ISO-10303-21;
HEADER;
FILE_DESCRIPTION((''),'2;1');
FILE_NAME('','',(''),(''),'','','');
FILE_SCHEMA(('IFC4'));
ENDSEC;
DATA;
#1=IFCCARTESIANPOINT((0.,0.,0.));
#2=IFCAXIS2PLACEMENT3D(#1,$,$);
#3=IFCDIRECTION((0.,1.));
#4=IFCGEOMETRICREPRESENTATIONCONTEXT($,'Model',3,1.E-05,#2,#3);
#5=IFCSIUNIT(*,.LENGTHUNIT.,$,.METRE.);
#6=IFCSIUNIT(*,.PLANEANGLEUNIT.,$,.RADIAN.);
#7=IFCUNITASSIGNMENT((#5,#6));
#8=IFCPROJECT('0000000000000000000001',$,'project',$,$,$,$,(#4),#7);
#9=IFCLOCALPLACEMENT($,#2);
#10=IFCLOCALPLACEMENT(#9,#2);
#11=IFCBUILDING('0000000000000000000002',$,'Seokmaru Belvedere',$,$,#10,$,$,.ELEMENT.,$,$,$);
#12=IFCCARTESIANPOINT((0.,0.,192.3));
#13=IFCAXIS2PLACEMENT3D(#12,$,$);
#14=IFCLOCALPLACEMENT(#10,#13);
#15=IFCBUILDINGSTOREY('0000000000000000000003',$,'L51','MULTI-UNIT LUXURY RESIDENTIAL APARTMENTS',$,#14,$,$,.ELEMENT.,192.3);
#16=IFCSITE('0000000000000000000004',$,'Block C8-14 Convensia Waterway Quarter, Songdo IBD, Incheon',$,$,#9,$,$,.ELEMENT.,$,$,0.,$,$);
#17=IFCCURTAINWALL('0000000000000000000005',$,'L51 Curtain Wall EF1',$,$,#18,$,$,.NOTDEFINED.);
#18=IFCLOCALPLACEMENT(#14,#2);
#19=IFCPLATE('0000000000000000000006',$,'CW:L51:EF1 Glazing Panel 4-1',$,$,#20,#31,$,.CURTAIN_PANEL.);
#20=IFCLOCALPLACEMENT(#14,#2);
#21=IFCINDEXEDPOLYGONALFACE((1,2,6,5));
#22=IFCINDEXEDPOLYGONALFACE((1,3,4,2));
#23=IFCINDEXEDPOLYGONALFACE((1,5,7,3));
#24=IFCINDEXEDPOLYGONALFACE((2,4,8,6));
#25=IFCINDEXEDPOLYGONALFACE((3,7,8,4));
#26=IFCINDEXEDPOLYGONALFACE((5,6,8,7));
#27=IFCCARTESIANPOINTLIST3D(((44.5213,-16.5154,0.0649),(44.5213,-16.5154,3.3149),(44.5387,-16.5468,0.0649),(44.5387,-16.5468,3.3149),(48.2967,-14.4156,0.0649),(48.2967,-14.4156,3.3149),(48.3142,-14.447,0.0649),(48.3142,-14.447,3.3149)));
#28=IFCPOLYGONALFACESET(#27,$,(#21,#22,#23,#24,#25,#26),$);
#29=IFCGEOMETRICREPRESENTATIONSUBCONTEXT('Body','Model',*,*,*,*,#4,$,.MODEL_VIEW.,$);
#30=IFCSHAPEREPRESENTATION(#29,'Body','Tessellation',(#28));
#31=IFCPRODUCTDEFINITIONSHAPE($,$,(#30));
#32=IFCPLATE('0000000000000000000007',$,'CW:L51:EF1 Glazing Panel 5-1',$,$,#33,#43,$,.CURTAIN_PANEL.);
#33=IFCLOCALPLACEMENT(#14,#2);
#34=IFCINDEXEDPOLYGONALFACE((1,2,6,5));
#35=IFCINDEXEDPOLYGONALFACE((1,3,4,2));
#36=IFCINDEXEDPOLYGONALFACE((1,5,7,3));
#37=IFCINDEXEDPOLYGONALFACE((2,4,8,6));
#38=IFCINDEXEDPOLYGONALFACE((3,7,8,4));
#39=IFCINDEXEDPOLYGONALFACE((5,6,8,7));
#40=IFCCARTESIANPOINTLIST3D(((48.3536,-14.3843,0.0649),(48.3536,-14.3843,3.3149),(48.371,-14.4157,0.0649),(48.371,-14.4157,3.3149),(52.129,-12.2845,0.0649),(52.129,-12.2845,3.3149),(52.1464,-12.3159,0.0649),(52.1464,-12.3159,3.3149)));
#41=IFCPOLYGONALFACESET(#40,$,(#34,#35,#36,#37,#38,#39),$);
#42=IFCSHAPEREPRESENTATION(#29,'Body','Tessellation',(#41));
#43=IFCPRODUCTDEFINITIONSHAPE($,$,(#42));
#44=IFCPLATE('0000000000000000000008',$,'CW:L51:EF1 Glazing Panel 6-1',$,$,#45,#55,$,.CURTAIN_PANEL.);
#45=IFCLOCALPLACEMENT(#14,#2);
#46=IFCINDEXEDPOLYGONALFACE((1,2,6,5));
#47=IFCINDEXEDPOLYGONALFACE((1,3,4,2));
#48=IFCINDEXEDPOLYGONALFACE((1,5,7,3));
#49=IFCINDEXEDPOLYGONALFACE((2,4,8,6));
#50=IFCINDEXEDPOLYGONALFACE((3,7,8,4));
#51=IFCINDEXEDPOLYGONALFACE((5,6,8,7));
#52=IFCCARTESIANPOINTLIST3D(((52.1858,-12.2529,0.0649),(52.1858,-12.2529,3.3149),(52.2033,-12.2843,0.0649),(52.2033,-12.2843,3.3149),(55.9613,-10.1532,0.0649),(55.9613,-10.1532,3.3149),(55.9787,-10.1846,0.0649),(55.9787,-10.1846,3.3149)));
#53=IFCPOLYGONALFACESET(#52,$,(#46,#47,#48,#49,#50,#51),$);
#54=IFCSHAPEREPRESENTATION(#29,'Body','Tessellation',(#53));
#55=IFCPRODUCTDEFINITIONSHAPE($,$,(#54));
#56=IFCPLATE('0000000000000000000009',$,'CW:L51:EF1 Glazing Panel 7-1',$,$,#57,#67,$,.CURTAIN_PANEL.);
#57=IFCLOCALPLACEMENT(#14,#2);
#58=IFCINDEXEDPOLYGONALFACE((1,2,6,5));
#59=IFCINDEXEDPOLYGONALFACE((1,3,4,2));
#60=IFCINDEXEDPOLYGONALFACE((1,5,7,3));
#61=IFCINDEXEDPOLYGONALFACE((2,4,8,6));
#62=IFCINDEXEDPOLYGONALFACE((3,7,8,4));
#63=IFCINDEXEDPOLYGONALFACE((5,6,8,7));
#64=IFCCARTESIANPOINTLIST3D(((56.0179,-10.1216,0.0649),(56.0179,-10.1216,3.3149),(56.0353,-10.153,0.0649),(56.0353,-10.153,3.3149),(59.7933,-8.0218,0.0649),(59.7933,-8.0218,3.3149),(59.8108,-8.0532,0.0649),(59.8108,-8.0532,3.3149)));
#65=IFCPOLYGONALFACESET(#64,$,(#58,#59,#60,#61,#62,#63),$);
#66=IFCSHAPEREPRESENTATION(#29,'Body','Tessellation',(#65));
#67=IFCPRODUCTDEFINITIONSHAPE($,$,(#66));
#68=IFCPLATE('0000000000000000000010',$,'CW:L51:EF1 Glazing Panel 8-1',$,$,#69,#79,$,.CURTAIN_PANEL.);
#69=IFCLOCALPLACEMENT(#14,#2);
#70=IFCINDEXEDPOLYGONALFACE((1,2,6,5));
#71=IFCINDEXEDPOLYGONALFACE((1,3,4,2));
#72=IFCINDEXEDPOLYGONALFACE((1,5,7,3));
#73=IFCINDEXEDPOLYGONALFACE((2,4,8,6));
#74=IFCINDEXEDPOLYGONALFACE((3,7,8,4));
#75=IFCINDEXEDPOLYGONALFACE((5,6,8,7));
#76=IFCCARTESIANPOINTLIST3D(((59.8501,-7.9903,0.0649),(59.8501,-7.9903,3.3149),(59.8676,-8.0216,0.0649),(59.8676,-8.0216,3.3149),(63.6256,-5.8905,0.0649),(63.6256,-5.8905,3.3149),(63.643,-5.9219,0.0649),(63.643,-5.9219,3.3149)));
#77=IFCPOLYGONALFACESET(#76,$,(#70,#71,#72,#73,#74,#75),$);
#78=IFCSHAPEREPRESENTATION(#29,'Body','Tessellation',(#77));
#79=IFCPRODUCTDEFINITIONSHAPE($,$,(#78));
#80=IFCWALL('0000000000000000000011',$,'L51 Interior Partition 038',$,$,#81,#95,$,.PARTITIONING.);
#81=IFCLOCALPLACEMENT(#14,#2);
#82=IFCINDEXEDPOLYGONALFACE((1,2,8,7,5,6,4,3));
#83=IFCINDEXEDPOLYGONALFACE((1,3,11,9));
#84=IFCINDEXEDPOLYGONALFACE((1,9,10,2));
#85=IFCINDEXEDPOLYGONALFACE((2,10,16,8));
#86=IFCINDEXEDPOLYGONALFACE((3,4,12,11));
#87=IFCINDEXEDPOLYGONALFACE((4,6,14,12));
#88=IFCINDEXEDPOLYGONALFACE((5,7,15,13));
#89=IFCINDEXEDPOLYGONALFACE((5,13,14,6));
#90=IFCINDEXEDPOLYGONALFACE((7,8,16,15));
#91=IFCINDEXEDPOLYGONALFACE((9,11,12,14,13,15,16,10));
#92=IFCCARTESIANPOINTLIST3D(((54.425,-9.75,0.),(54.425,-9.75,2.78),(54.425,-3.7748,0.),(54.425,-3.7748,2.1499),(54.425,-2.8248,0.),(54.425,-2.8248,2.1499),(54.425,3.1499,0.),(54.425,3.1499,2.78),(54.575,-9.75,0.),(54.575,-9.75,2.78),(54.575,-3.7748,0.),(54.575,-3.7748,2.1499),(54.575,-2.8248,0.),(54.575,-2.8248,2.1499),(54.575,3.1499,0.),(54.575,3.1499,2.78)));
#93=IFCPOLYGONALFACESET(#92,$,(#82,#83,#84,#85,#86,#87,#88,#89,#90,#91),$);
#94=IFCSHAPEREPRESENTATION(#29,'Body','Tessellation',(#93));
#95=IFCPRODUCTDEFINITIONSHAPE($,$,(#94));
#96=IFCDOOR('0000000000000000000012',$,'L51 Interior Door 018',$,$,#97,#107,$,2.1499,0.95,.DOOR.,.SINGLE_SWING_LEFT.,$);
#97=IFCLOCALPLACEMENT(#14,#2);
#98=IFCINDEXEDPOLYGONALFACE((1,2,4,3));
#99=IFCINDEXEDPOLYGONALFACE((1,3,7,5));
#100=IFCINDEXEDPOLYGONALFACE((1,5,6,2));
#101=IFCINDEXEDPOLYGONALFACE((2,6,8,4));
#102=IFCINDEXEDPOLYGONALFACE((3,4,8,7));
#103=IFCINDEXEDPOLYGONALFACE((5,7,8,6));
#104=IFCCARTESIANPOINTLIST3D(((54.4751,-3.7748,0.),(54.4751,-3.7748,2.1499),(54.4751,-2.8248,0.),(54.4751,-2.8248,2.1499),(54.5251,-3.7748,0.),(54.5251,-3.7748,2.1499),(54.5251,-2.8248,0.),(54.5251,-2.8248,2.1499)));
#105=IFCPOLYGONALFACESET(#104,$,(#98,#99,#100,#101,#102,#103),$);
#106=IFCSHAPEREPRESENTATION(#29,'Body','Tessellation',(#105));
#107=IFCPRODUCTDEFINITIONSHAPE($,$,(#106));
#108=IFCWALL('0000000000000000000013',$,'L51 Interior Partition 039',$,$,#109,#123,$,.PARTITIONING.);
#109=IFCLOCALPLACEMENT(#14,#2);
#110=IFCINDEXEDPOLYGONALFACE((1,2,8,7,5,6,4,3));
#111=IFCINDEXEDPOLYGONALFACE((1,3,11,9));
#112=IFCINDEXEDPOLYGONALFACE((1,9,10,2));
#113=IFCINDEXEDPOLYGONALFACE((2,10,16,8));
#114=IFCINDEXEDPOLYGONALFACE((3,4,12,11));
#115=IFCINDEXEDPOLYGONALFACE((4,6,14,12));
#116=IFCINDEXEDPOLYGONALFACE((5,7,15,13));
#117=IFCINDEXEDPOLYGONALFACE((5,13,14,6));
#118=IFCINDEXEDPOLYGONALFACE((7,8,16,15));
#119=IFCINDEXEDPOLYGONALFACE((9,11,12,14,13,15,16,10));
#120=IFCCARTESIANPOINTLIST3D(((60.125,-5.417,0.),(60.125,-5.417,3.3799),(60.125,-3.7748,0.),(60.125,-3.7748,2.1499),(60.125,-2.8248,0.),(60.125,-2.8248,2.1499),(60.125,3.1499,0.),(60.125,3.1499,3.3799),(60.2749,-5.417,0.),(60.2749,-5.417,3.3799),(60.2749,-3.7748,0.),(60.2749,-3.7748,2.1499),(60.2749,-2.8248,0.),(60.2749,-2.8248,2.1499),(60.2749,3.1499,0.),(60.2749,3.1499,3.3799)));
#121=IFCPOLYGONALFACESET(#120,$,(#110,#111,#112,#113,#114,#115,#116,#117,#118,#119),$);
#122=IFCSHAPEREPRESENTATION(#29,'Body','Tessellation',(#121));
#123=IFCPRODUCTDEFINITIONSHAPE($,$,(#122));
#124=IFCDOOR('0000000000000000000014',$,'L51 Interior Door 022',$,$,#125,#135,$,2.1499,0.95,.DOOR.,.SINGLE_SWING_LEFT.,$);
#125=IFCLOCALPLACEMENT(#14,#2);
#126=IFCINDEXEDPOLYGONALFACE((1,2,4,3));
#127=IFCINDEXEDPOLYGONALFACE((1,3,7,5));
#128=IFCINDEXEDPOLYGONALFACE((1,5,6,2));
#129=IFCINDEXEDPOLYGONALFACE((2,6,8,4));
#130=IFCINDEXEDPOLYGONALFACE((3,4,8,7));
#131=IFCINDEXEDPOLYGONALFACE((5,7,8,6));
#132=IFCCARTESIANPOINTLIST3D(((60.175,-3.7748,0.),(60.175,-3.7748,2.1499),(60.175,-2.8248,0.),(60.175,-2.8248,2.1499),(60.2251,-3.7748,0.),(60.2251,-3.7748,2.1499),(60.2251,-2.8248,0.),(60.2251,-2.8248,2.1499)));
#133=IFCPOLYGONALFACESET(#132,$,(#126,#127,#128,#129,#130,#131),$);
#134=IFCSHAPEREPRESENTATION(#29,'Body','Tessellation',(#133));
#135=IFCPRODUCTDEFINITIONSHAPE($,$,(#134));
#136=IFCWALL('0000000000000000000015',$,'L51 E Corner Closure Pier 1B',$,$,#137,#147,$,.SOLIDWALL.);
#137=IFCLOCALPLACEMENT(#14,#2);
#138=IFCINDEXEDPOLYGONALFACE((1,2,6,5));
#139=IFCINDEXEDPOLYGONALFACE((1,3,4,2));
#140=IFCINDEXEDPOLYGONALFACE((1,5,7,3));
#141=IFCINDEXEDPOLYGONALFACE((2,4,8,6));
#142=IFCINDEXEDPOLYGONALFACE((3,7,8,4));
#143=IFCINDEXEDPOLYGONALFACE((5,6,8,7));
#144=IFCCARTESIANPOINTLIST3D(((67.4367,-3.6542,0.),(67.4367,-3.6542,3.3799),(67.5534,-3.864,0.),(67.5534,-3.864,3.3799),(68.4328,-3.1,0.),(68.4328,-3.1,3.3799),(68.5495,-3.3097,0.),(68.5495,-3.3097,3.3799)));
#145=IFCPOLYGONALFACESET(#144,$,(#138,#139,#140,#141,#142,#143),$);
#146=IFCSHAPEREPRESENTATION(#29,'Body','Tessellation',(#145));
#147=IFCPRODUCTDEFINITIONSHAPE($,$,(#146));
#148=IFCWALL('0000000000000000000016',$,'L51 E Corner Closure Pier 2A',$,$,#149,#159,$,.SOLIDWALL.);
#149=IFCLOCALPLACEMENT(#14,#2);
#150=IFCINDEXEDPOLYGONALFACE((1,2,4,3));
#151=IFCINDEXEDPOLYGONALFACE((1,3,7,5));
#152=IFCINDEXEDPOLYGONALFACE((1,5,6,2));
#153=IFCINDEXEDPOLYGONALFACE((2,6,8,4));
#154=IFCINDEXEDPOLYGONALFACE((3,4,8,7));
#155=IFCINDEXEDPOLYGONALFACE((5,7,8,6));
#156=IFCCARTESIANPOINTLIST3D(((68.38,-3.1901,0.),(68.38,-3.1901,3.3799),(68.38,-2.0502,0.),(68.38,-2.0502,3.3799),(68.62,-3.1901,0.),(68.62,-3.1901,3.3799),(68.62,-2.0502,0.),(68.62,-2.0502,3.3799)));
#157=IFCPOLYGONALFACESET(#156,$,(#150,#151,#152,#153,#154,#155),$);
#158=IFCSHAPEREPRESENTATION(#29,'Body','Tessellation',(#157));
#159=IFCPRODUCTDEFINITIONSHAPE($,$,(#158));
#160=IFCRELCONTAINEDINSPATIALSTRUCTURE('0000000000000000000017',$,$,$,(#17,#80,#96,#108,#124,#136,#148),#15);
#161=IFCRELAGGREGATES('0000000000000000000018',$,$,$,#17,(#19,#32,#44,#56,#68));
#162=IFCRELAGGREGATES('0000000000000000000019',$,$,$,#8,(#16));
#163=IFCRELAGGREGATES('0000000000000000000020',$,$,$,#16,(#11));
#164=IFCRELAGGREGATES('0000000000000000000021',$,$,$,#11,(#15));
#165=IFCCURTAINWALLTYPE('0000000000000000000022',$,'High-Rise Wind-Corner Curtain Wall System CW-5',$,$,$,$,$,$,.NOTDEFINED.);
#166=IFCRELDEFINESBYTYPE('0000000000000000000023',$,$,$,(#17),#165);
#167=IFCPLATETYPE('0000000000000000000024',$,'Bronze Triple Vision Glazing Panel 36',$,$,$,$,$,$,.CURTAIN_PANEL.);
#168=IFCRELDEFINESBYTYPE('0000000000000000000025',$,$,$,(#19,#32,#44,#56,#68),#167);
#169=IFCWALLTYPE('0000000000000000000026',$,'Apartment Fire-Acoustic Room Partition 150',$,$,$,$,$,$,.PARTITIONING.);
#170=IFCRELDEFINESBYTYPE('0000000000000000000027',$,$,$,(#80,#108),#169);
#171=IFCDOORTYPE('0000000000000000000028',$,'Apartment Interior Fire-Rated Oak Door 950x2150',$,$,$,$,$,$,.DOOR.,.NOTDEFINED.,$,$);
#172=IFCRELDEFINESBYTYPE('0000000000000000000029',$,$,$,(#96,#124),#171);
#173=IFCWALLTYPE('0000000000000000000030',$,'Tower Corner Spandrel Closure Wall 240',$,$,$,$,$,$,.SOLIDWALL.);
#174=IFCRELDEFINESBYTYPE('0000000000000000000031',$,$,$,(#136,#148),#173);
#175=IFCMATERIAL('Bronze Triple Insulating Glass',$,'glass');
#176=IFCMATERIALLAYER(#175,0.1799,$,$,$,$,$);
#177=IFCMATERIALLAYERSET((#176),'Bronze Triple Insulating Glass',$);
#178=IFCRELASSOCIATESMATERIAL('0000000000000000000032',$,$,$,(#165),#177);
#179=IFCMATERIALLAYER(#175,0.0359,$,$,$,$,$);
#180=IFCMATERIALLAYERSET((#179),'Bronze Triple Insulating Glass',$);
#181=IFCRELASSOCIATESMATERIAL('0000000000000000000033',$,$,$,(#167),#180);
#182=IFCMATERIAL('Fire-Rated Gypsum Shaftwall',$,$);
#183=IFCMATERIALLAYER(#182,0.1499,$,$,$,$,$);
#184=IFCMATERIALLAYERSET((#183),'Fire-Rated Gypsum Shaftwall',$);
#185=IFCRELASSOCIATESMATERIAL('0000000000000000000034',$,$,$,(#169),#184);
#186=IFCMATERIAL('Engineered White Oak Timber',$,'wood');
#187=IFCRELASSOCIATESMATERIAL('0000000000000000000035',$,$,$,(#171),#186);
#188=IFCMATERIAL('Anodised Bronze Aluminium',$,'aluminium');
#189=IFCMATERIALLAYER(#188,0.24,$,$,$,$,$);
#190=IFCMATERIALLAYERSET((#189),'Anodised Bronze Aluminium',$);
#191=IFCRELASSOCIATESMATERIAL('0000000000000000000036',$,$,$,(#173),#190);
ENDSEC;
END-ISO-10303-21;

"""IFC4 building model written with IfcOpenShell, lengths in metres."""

from ifc_helpers import new_model, si_unit, direction, frame, frame_2d, origin, origin_2d, place, context, subcontext, project, spatial, rectangle, extrude, source, transform, mapped, material, layer, layer_set, type_object, type_shapes, element, fill, aggregate, save


model = new_model("IFC4")

# Units and contexts
model_context = context("Model", 3, precision=1e-05, world=origin(), true_north=direction((0.0, 1.0)))
body_context = subcontext(model_context, "Body", "Model", "MODEL_VIEW")
ifc_project = project(units=[si_unit("LENGTHUNIT", "METRE"), si_unit("PLANEANGLEUNIT", "RADIAN")], contexts=[model_context])

# Site, building, storey
site_placement = place(None, origin())
site = spatial("IfcSite", under=ifc_project, at=site_placement, Name="Block C8-14 Convensia Waterway Quarter, Songdo IBD, Incheon", CompositionType="ELEMENT", RefElevation=0.0)
building_placement = place(site_placement, origin())
building = spatial("IfcBuilding", under=site, at=building_placement, Name="Seokmaru Belvedere", CompositionType="ELEMENT")
storey_placement = place(building_placement, frame((0.0, 0.0, 192.3)))
storey = spatial("IfcBuildingStorey", under=building, at=storey_placement, Name="L51", Description="MULTI-UNIT LUXURY RESIDENTIAL APARTMENTS", CompositionType="ELEMENT", Elevation=192.3)

# Curtain wall, plates
ifc_material_1 = material(Name="Bronze Triple Insulating Glass", Category="glass")
ifc_layer_1 = layer(ifc_material_1, 0.1799)
ifc_layer_set_1 = layer_set([ifc_layer_1], Name="Bronze Triple Insulating Glass")
curtain_wall_type = type_object("IfcCurtainWallType", Name="High-Rise Wind-Corner Curtain Wall System CW-5", PredefinedType="NOTDEFINED", material=ifc_layer_set_1)
curtain_wall_placement = place(storey_placement, origin())
curtain_wall = element("IfcCurtainWall", 1, at=curtain_wall_placement, inside=storey, type_object=curtain_wall_type, Name="L51 Curtain Wall EF1", PredefinedType="NOTDEFINED")
ifc_material_2 = material(Name="Anodised Bronze Aluminium", Category="aluminium")
ifc_layer_2 = layer(ifc_material_1, 0.0359)
ifc_layer_set_2 = layer_set([ifc_layer_2], Name="Bronze Triple Insulating Glass")
plate_type = type_object("IfcPlateType", Name="Bronze Triple Vision Glazing Panel 36", PredefinedType="CURTAIN_PANEL", material=ifc_layer_set_2)
shared_shape_1 = source(origin(), body_context, "Body", "SweptSolid", [
    extrude(rectangle(XDim=4.3201, YDim=0.0359, at=origin_2d()), origin(), (0.0, 0.0, 1.0), 3.25),
])
plate_1_placement = place(storey_placement, frame((46.4177, -15.4812, 0.0649), z_axis=(0.0, 0.0, 1.0), x_axis=(0.873933, 0.486047, 0.0)))
plate_1 = element("IfcPlate", 2, at=plate_1_placement, type_object=plate_type, Name="CW:L51:EF1 Glazing Panel 4-1", PredefinedType="CURTAIN_PANEL", context=body_context, shape_type="MappedRepresentation", body=[
    mapped(shared_shape_1, transform((0.0, 0.0, 0.0), scale=1.0)),
])
plate_2_placement = place(storey_placement, frame((50.25, -13.3501, 0.0649), z_axis=(0.0, 0.0, 1.0), x_axis=(0.873933, 0.486047, 0.0)))
plate_2 = element("IfcPlate", 3, at=plate_2_placement, type_object=plate_type, Name="CW:L51:EF1 Glazing Panel 5-1", PredefinedType="CURTAIN_PANEL", context=body_context, shape_type="MappedRepresentation", body=[
    mapped(shared_shape_1, transform((0.0, 0.0, 0.0), scale=1.0)),
])
plate_3_placement = place(storey_placement, frame((54.0823, -11.2188, 0.0649), z_axis=(0.0, 0.0, 1.0), x_axis=(0.873933, 0.486047, 0.0)))
plate_3 = element("IfcPlate", 4, at=plate_3_placement, type_object=plate_type, Name="CW:L51:EF1 Glazing Panel 6-1", PredefinedType="CURTAIN_PANEL", context=body_context, shape_type="MappedRepresentation", body=[
    mapped(shared_shape_1, transform((0.0, 0.0, 0.0), scale=1.0)),
])
plate_4_placement = place(storey_placement, frame((57.9143, -9.0874, 0.0649), z_axis=(0.0, 0.0, 1.0), x_axis=(0.873933, 0.486047, 0.0)))
plate_4 = element("IfcPlate", 5, at=plate_4_placement, type_object=plate_type, Name="CW:L51:EF1 Glazing Panel 7-1", PredefinedType="CURTAIN_PANEL", context=body_context, shape_type="MappedRepresentation", body=[
    mapped(shared_shape_1, transform((0.0, 0.0, 0.0), scale=1.0)),
])
plate_5_placement = place(storey_placement, frame((61.7466, -6.9561, 0.0649), z_axis=(0.0, 0.0, 1.0), x_axis=(0.873933, 0.486047, 0.0)))
plate_5 = element("IfcPlate", 6, at=plate_5_placement, type_object=plate_type, Name="CW:L51:EF1 Glazing Panel 8-1", PredefinedType="CURTAIN_PANEL", context=body_context, shape_type="MappedRepresentation", body=[
    mapped(shared_shape_1, transform((0.0, 0.0, 0.0), scale=1.0)),
])
aggregate(curtain_wall, [plate_1, plate_2, plate_3, plate_4, plate_5])

# Walls, openings, doors
ifc_material_3 = material(Name="Fire-Rated Gypsum Shaftwall")
ifc_layer_3 = layer(ifc_material_3, 0.1499)
ifc_layer_set_3 = layer_set([ifc_layer_3], Name="Fire-Rated Gypsum Shaftwall")
wall_type_1 = type_object("IfcWallType", Name="Apartment Fire-Acoustic Room Partition 150", PredefinedType="PARTITIONING", material=ifc_layer_set_3)
wall_1_placement = place(storey_placement, frame((54.5, -9.75, 0.0), z_axis=(0.0, 0.0, 1.0), x_axis=(0.0, 1.0, 0.0)))
wall_1 = element("IfcWall", 7, at=wall_1_placement, inside=storey, type_object=wall_type_1, Name="L51 Interior Partition 038", PredefinedType="PARTITIONING", context=body_context, shape_type="SweptSolid", body=[
    extrude(rectangle(XDim=12.8999, YDim=0.1499, at=frame_2d((6.45, 0.0))), origin(), (0.0, 0.0, 1.0), 2.78),
])
opening_1_placement = place(wall_1_placement, frame((5.9751, 0.0, 0.0)))
opening_1 = element("IfcOpeningElement", 8, at=opening_1_placement, cuts=wall_1, PredefinedType="OPENING", context=body_context, shape_type="SweptSolid", body=[
    extrude(rectangle(XDim=0.95, YDim=2.1499, at=frame_2d((0.4751, 1.075))), frame((0.0, 0.085, 0.0), z_axis=(0.0, -1.0, 0.0), x_axis=(1.0, 0.0, 0.0)), (0.0, 0.0, 1.0), 0.1699),
])
ifc_material_4 = material(Name="Engineered White Oak Timber", Category="wood")
door_type = type_object("IfcDoorType", Name="Apartment Interior Fire-Rated Oak Door 950x2150", OperationType="NOTDEFINED", PredefinedType="DOOR", material=ifc_material_4)
shared_shape_2 = source(origin(), body_context, "Body", "SweptSolid", [
    extrude(rectangle(XDim=0.95, YDim=2.1499, at=frame_2d((0.4751, 1.075))), frame((0.0, 0.0249, 0.0), z_axis=(0.0, -1.0, 0.0), x_axis=(1.0, 0.0, 0.0)), (0.0, 0.0, 1.0), 0.05),
])
type_shapes(door_type, [shared_shape_2])
door_1_placement = place(opening_1_placement, origin())
door_1 = element("IfcDoor", 9, at=door_1_placement, inside=storey, type_object=door_type, Name="L51 Interior Door 018", OperationType="SINGLE_SWING_LEFT", OverallHeight=2.1499, OverallWidth=0.95, PredefinedType="DOOR", context=body_context, shape_type="MappedRepresentation", body=[
    mapped(shared_shape_2, transform((0.0, 0.0, 0.0), scale=1.0)),
])
fill(opening_1, door_1)
wall_2_placement = place(storey_placement, frame((60.2, -5.417, 0.0), z_axis=(0.0, 0.0, 1.0), x_axis=(0.0, 1.0, 0.0)))
wall_2 = element("IfcWall", 10, at=wall_2_placement, inside=storey, type_object=wall_type_1, Name="L51 Interior Partition 039", PredefinedType="PARTITIONING", context=body_context, shape_type="SweptSolid", body=[
    extrude(rectangle(XDim=8.5669, YDim=0.1499, at=frame_2d((4.2834, 0.0))), origin(), (0.0, 0.0, 1.0), 3.3799),
])
opening_2_placement = place(wall_2_placement, frame((1.6421, 0.0, 0.0)))
opening_2 = element("IfcOpeningElement", 11, at=opening_2_placement, cuts=wall_2, PredefinedType="OPENING", context=body_context, shape_type="SweptSolid", body=[
    extrude(rectangle(XDim=0.95, YDim=2.1499, at=frame_2d((0.4751, 1.075))), frame((0.0, 0.085, 0.0), z_axis=(0.0, -1.0, 0.0), x_axis=(1.0, 0.0, 0.0)), (0.0, 0.0, 1.0), 0.1699),
])
door_2_placement = place(opening_2_placement, origin())
door_2 = element("IfcDoor", 12, at=door_2_placement, inside=storey, type_object=door_type, Name="L51 Interior Door 022", OperationType="SINGLE_SWING_LEFT", OverallHeight=2.1499, OverallWidth=0.95, PredefinedType="DOOR", context=body_context, shape_type="MappedRepresentation", body=[
    mapped(shared_shape_2, transform((0.0, 0.0, 0.0), scale=1.0)),
])
fill(opening_2, door_2)

# Walls
ifc_layer_4 = layer(ifc_material_2, 0.24)
ifc_layer_set_4 = layer_set([ifc_layer_4], Name="Anodised Bronze Aluminium")
wall_type_2 = type_object("IfcWallType", Name="Tower Corner Spandrel Closure Wall 240", PredefinedType="SOLIDWALL", material=ifc_layer_set_4)
for number, where, z_axis, x_axis, name in (
    (13, (67.4951, -3.759, 0.0), (0.0, 0.0, 1.0), (0.873854, 0.486188, 0.0), "L51 E Corner Closure Pier 1B"),
    (14, (68.5, -3.1899, 0.0), (0.0, 0.0, 1.0), (0.0, 1.0, 0.0), "L51 E Corner Closure Pier 2A"),
):
    element("IfcWall", number, at=place(storey_placement, frame(where, z_axis=z_axis, x_axis=x_axis)), inside=storey, type_object=wall_type_2, Name=name, PredefinedType="SOLIDWALL", context=body_context, shape_type="SweptSolid", body=[
        extrude(rectangle(XDim=1.1399, YDim=0.24, at=frame_2d((0.5698, 0.0))), origin(), (0.0, 0.0, 1.0), 3.3799),
    ])

save(model, "model.ifc")
